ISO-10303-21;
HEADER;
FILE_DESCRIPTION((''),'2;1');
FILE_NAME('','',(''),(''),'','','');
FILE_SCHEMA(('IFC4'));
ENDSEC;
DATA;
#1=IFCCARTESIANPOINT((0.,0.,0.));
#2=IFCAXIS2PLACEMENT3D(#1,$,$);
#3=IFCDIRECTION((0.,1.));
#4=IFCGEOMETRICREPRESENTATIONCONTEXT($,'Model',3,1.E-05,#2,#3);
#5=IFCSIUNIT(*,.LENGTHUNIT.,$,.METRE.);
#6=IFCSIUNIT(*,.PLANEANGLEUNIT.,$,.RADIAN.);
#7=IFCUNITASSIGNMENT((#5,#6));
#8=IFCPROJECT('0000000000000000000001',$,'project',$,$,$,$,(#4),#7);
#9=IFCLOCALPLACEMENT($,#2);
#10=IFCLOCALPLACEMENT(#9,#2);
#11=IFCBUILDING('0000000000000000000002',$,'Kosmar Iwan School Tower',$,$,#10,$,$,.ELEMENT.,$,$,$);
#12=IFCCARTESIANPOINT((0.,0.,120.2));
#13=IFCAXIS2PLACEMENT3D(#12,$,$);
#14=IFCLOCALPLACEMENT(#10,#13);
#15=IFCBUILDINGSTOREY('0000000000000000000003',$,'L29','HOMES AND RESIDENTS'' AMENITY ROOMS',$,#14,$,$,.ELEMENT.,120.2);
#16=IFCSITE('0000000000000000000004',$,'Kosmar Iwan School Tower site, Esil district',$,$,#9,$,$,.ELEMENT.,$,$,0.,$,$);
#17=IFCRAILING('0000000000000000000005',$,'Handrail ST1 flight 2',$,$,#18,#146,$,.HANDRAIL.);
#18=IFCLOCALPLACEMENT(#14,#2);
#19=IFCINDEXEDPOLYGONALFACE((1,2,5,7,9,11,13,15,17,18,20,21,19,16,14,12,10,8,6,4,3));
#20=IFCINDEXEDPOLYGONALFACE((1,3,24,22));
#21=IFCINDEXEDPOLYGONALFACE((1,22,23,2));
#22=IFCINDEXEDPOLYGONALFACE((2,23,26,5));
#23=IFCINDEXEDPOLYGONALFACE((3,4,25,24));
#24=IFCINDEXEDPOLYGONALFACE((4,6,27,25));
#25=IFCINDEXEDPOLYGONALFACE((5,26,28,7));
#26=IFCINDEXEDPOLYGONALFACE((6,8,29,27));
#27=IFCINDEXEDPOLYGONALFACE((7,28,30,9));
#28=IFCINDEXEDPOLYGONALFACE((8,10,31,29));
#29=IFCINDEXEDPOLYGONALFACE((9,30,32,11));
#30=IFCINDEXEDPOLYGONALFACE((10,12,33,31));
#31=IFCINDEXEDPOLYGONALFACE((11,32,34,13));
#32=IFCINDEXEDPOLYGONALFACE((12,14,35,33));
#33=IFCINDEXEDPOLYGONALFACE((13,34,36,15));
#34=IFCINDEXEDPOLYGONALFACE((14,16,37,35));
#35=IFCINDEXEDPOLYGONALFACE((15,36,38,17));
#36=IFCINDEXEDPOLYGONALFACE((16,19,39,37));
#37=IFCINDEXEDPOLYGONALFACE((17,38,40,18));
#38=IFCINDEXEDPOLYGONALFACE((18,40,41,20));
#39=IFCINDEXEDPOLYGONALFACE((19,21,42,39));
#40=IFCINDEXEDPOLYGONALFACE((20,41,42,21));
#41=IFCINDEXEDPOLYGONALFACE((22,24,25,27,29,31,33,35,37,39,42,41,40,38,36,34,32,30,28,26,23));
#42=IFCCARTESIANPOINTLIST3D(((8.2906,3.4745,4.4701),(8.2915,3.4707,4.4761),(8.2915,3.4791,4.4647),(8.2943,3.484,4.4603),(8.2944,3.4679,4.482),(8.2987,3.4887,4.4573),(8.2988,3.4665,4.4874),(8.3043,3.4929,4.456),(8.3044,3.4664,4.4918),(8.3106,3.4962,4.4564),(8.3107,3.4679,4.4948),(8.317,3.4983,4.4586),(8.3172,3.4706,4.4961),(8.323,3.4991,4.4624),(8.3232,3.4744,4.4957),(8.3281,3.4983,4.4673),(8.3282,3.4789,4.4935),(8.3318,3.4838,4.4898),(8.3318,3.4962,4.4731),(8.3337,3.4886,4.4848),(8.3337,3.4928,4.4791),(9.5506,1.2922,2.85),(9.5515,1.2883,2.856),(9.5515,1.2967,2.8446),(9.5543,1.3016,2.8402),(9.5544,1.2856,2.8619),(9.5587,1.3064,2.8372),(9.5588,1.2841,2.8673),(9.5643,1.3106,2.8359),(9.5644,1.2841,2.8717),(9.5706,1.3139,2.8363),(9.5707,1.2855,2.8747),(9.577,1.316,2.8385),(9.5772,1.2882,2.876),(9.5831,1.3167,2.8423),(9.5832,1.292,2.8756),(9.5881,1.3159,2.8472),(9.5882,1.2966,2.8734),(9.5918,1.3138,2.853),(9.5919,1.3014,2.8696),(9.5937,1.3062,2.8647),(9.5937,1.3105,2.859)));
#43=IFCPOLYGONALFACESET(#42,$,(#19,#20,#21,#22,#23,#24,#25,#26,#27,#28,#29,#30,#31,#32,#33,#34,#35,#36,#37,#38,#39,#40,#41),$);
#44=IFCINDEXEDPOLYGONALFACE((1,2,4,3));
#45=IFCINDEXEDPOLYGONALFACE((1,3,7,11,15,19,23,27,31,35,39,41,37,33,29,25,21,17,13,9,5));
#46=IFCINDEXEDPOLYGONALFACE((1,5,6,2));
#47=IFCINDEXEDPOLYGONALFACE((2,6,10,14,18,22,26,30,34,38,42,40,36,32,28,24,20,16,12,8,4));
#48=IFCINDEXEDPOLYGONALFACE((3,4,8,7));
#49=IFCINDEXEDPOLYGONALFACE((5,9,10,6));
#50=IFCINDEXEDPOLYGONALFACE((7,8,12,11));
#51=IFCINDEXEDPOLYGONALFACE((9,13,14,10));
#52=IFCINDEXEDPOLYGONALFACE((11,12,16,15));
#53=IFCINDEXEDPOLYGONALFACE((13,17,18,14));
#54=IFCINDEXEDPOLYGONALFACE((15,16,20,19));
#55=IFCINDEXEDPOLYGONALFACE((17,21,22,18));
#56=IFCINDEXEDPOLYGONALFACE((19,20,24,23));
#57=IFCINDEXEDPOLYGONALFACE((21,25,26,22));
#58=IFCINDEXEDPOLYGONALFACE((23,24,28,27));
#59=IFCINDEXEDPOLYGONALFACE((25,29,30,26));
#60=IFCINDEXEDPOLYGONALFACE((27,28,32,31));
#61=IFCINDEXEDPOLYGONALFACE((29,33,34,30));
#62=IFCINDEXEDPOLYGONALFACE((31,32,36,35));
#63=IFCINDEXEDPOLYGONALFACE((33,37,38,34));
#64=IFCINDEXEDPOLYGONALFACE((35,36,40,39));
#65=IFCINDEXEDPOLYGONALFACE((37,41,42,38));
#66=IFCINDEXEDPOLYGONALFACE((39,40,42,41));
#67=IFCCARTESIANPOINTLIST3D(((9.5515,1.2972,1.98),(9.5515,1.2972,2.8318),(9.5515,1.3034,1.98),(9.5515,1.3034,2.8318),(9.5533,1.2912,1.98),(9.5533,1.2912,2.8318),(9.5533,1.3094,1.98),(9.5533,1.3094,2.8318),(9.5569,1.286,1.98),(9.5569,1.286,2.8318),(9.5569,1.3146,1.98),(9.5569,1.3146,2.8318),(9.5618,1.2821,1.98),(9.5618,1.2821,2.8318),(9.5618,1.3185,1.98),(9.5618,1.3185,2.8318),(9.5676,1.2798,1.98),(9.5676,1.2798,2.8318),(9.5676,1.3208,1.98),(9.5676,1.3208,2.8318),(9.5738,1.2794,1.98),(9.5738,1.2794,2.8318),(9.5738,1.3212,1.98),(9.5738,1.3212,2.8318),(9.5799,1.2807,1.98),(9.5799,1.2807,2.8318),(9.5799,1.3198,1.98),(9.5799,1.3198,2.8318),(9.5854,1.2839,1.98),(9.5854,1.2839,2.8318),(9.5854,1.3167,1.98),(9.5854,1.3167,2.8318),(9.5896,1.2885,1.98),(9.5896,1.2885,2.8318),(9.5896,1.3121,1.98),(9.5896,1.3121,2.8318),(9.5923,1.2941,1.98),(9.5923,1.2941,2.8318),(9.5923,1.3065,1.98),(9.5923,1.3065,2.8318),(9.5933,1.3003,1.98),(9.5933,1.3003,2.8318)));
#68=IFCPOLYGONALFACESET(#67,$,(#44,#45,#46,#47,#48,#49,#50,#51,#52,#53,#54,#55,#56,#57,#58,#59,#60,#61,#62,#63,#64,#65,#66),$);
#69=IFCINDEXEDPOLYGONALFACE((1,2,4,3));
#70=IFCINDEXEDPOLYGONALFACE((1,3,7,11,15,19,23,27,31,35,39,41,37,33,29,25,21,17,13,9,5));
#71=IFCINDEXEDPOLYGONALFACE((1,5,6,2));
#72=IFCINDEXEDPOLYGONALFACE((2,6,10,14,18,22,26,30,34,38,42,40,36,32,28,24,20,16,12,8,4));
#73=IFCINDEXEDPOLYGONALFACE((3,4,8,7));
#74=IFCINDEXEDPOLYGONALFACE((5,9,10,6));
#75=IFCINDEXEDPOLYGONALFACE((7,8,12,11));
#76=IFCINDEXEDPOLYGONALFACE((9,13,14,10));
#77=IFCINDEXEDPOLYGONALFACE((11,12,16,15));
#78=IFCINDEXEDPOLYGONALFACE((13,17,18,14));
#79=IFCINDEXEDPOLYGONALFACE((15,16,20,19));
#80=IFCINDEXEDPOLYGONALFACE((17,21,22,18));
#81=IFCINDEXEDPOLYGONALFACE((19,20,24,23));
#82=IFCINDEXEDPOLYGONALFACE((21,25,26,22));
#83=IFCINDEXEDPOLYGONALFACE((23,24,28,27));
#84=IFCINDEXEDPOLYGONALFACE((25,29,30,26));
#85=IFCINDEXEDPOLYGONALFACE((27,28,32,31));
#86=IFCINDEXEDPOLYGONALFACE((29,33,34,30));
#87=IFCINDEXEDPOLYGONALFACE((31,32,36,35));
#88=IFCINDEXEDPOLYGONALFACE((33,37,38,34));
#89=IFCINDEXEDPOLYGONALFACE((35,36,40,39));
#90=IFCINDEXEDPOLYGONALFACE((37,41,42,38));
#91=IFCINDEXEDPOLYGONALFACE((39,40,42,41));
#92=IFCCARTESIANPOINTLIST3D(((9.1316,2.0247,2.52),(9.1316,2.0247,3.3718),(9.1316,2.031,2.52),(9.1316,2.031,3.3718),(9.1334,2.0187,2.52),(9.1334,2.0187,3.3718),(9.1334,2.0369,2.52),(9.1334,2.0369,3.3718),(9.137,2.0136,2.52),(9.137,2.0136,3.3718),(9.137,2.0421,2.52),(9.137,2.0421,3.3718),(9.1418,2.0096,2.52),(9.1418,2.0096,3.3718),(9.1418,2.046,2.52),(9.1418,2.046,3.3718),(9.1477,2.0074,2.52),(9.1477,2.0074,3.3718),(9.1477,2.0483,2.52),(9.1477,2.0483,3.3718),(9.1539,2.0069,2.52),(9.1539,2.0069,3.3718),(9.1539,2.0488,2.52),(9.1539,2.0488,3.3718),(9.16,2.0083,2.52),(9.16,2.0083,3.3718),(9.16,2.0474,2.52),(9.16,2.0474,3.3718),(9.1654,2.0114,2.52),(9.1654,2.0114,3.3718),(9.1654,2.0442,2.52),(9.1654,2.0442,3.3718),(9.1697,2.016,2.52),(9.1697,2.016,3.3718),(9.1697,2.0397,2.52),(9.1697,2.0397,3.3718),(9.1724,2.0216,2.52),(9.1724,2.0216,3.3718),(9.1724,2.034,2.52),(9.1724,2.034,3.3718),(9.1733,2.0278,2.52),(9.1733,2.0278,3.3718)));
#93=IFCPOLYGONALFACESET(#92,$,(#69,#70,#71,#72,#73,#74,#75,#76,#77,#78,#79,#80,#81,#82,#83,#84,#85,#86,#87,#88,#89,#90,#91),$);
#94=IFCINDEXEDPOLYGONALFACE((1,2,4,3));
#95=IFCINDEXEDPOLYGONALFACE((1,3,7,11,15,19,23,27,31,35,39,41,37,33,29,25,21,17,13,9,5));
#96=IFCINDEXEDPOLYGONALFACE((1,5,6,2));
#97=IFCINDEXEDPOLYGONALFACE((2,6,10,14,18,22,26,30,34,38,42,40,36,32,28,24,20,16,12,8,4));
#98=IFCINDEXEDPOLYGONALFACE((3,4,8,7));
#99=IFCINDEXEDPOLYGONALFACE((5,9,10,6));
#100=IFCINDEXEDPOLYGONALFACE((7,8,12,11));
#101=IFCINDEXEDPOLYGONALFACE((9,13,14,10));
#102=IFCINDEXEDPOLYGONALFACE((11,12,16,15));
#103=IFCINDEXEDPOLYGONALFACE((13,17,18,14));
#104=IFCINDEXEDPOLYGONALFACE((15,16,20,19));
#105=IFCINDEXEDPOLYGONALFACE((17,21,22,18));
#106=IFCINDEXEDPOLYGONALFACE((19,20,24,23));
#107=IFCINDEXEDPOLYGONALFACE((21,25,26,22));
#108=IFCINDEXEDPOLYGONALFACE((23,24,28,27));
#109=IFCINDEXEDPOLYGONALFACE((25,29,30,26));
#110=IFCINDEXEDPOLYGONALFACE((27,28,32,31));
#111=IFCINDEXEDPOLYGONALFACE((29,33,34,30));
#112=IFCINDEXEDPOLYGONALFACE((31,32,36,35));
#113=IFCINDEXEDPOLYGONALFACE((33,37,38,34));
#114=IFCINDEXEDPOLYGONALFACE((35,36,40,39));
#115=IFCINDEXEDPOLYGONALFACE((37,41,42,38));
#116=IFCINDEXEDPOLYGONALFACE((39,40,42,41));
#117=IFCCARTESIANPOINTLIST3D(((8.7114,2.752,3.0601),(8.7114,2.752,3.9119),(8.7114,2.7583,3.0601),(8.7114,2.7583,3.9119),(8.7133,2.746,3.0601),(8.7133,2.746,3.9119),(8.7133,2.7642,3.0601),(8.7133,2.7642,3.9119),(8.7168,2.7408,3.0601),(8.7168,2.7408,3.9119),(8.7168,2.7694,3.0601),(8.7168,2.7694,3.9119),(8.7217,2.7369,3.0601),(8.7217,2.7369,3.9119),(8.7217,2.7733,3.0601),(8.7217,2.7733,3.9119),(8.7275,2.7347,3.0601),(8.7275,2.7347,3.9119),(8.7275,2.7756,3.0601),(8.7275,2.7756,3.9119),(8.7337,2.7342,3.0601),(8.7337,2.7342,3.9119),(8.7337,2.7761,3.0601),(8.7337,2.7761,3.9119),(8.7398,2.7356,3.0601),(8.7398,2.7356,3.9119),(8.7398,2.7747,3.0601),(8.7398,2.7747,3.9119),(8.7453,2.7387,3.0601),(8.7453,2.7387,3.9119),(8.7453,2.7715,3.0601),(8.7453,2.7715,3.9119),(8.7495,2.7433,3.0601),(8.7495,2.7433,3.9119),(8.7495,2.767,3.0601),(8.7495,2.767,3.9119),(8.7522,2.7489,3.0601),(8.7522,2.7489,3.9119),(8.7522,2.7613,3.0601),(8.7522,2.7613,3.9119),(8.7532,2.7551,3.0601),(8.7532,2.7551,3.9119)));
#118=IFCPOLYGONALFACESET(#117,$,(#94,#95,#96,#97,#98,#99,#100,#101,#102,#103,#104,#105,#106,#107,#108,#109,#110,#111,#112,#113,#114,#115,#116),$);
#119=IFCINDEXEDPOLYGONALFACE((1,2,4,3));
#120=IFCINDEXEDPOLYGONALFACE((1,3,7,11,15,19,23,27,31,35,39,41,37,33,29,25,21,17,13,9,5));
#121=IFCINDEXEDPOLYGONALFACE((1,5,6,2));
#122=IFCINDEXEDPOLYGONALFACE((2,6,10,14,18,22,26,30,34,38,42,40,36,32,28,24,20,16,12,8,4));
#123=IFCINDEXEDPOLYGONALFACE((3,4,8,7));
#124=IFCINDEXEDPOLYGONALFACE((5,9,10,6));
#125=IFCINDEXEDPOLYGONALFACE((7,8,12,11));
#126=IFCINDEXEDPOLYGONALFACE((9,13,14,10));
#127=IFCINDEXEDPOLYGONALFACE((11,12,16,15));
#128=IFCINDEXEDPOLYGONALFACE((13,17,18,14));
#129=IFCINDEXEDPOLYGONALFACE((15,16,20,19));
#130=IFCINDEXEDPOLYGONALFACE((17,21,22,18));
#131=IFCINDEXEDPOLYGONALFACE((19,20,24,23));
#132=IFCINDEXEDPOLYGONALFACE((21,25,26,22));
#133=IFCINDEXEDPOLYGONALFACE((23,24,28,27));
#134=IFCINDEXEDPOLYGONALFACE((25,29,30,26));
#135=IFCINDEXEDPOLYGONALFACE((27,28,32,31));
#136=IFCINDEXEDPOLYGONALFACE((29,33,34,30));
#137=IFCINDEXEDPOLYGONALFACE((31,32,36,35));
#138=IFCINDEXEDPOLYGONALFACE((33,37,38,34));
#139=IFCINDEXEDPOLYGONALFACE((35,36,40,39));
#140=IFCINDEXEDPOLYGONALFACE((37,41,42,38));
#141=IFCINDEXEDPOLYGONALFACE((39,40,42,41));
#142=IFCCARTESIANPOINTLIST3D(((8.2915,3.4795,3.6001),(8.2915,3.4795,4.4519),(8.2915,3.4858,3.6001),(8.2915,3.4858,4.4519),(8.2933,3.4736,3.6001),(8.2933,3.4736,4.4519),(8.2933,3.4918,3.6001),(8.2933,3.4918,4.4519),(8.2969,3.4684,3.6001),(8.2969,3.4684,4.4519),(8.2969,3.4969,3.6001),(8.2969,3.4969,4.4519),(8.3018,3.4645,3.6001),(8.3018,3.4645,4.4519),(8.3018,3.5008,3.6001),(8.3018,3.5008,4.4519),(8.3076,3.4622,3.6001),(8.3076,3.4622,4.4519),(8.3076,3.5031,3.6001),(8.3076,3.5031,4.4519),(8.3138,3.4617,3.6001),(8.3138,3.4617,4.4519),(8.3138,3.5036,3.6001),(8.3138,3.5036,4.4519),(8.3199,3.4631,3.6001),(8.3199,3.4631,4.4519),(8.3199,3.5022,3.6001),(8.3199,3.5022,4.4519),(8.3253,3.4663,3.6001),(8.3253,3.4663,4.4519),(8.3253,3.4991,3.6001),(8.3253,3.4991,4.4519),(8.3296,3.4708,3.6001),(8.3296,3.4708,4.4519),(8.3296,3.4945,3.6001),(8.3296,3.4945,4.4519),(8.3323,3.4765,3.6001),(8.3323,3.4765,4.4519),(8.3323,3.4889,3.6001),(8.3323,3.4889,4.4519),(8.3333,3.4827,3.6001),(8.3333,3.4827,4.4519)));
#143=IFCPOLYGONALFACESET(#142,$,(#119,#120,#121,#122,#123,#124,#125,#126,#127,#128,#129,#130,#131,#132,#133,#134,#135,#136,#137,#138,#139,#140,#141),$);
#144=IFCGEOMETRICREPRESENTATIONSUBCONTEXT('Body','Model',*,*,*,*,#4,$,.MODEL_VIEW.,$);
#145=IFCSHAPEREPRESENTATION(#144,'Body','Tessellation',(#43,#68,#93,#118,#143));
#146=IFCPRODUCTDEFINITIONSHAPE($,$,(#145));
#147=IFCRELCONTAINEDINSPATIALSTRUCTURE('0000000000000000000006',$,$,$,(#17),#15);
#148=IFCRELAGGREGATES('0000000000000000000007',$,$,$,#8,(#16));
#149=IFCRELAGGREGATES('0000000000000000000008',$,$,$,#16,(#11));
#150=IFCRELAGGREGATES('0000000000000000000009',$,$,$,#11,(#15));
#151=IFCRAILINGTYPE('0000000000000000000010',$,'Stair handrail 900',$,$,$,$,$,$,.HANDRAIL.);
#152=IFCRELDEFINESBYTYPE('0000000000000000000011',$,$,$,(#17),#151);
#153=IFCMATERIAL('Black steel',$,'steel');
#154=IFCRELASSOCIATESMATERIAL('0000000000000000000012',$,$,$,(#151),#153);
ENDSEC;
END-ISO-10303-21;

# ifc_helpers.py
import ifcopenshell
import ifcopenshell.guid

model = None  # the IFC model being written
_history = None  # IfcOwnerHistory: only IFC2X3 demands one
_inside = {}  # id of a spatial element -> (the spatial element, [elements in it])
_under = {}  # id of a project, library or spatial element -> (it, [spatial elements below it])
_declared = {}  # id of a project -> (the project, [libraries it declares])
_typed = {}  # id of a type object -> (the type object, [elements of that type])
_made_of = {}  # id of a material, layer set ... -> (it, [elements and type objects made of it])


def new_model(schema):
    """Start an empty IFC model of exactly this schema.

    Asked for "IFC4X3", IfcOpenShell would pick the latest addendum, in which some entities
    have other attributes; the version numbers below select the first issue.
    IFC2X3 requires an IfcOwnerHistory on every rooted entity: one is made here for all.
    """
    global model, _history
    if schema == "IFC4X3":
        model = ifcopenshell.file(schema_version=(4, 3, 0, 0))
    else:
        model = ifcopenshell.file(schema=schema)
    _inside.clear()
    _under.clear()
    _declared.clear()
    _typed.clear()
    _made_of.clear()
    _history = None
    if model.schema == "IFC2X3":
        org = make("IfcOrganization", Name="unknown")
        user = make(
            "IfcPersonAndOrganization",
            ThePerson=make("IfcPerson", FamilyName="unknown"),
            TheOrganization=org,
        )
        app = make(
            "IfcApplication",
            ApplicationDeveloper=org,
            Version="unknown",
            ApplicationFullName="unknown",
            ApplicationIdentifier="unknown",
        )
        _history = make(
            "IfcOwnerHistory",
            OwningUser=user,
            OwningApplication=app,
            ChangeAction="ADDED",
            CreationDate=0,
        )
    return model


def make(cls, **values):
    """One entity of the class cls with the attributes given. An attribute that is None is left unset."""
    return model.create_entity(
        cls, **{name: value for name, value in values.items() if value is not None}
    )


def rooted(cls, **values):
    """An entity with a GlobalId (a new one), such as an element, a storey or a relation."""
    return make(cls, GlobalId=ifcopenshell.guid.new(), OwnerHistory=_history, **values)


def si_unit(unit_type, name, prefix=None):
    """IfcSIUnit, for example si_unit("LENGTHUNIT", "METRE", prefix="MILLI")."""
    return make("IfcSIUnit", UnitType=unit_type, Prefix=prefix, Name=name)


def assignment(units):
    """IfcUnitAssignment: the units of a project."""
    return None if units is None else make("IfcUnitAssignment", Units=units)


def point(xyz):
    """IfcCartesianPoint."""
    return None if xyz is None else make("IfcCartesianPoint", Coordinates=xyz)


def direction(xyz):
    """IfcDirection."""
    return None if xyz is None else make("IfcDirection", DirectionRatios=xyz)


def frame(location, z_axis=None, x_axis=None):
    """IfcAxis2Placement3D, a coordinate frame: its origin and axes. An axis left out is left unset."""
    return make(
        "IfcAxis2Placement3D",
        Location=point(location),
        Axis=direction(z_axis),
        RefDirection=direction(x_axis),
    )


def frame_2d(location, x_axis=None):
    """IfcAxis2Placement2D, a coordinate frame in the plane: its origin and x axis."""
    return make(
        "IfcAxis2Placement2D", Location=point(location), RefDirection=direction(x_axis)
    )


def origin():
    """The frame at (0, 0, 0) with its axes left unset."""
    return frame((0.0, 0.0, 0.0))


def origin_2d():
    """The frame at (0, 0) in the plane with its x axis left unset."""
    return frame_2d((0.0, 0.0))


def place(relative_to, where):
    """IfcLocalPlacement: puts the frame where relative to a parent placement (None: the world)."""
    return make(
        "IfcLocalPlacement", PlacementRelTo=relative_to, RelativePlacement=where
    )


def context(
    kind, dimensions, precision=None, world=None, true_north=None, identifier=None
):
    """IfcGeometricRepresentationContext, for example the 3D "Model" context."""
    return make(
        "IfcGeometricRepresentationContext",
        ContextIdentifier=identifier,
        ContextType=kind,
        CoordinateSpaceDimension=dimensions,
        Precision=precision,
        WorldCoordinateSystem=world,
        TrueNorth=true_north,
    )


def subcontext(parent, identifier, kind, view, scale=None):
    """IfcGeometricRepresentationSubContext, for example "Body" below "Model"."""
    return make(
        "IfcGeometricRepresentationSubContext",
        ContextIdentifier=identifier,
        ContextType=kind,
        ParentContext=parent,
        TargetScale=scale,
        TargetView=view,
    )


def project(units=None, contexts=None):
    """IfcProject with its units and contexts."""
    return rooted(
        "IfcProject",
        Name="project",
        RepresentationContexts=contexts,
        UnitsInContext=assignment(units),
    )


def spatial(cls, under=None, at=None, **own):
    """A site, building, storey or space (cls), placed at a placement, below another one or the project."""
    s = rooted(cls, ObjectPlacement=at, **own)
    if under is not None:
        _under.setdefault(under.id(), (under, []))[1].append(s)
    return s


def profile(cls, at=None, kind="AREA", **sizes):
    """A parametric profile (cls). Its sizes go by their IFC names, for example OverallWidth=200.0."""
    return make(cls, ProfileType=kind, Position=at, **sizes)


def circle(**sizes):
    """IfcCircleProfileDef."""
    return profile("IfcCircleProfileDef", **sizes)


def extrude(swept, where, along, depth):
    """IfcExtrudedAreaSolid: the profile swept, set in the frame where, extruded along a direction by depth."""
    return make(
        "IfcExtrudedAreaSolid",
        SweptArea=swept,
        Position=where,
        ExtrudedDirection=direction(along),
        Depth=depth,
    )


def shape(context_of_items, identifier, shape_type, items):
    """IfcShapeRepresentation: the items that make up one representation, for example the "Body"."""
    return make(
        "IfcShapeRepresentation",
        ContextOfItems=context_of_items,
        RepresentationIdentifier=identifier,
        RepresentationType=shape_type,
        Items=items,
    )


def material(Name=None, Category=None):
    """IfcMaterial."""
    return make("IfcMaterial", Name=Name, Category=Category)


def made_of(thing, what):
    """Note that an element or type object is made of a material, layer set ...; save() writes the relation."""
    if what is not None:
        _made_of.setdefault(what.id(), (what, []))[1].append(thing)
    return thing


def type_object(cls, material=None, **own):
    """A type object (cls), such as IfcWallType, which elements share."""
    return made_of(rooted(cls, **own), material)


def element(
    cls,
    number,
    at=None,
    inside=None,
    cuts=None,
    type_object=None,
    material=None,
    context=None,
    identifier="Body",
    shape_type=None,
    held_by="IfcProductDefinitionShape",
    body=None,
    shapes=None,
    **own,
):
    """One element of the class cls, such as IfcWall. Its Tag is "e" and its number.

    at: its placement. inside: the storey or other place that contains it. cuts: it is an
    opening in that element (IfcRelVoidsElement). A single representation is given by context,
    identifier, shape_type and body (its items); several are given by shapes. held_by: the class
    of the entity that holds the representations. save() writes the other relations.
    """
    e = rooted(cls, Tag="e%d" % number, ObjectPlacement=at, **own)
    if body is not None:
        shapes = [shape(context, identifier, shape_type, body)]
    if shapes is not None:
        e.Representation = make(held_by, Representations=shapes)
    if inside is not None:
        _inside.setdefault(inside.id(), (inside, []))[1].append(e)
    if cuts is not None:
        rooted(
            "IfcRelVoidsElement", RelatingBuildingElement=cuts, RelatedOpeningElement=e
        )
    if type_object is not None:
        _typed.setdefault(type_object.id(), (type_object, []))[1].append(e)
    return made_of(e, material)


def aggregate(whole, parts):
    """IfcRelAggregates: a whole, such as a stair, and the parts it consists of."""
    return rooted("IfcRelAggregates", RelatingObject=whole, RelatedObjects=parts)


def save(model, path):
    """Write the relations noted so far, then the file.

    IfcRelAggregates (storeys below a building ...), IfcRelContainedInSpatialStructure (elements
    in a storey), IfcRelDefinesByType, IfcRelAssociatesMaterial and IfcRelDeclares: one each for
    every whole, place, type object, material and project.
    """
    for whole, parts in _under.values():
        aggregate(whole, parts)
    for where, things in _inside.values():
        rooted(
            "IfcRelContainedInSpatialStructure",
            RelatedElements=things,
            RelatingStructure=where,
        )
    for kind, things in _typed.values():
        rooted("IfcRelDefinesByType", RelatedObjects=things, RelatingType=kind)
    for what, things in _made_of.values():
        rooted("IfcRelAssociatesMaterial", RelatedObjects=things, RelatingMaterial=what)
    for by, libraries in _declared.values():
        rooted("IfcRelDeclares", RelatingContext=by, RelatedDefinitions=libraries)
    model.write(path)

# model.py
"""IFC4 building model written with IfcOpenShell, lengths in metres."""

from ifc_helpers import new_model, si_unit, direction, frame, origin, origin_2d, place, context, subcontext, project, spatial, circle, extrude, material, type_object, element, save


model = new_model("IFC4")

# Units and contexts
model_context = context("Model", 3, precision=1e-05, world=origin(), true_north=direction((0.0, 1.0)))
body_context = subcontext(model_context, "Body", "Model", "MODEL_VIEW")
ifc_project = project(units=[si_unit("LENGTHUNIT", "METRE"), si_unit("PLANEANGLEUNIT", "RADIAN")], contexts=[model_context])

# Site, building, storey
site_placement = place(None, origin())
site = spatial("IfcSite", under=ifc_project, at=site_placement, Name="Kosmar Iwan School Tower site, Esil district", CompositionType="ELEMENT", RefElevation=0.0)
building_placement = place(site_placement, origin())
building = spatial("IfcBuilding", under=site, at=building_placement, Name="Kosmar Iwan School Tower", CompositionType="ELEMENT")
storey_placement = place(building_placement, frame((0.0, 0.0, 120.2)))
storey = spatial("IfcBuildingStorey", under=building, at=storey_placement, Name="L29", Description="HOMES AND RESIDENTS' AMENITY ROOMS", CompositionType="ELEMENT", Elevation=120.2)

# Railing
ifc_material_1 = material(Name="Black steel", Category="steel")
railing_type = type_object("IfcRailingType", Name="Stair handrail 900", PredefinedType="HANDRAIL", material=ifc_material_1)
railing_placement = place(storey_placement, frame((9.5723, 1.3003, 1.98)))
element("IfcRailing", 1, at=railing_placement, inside=storey, type_object=railing_type, Name="Handrail ST1 flight 2", PredefinedType="HANDRAIL", context=body_context, shape_type="SweptSolid", body=[
    extrude(circle(Radius=0.0239, at=origin_2d()), frame((0.0, 0.0, 0.876), z_axis=(-0.420584, 0.728464, 0.540786), x_axis=(-0.866023, -0.500005, 0.0)), (0.0, 0.0, 1.0), 2.9958),
    extrude(circle(Radius=0.021, at=origin_2d()), origin(), (0.0, 0.0, 1.0), 0.8518),
    extrude(circle(Radius=0.021, at=origin_2d()), frame((-0.4199, 0.7275, 0.54)), (0.0, 0.0, 1.0), 0.8518),
    extrude(circle(Radius=0.021, at=origin_2d()), frame((-0.8401, 1.4548, 1.0801)), (0.0, 0.0, 1.0), 0.8518),
    extrude(circle(Radius=0.021, at=origin_2d()), frame((-1.26, 2.1824, 1.6201)), (0.0, 0.0, 1.0), 0.8518),
])

save(model, "model.ifc")
